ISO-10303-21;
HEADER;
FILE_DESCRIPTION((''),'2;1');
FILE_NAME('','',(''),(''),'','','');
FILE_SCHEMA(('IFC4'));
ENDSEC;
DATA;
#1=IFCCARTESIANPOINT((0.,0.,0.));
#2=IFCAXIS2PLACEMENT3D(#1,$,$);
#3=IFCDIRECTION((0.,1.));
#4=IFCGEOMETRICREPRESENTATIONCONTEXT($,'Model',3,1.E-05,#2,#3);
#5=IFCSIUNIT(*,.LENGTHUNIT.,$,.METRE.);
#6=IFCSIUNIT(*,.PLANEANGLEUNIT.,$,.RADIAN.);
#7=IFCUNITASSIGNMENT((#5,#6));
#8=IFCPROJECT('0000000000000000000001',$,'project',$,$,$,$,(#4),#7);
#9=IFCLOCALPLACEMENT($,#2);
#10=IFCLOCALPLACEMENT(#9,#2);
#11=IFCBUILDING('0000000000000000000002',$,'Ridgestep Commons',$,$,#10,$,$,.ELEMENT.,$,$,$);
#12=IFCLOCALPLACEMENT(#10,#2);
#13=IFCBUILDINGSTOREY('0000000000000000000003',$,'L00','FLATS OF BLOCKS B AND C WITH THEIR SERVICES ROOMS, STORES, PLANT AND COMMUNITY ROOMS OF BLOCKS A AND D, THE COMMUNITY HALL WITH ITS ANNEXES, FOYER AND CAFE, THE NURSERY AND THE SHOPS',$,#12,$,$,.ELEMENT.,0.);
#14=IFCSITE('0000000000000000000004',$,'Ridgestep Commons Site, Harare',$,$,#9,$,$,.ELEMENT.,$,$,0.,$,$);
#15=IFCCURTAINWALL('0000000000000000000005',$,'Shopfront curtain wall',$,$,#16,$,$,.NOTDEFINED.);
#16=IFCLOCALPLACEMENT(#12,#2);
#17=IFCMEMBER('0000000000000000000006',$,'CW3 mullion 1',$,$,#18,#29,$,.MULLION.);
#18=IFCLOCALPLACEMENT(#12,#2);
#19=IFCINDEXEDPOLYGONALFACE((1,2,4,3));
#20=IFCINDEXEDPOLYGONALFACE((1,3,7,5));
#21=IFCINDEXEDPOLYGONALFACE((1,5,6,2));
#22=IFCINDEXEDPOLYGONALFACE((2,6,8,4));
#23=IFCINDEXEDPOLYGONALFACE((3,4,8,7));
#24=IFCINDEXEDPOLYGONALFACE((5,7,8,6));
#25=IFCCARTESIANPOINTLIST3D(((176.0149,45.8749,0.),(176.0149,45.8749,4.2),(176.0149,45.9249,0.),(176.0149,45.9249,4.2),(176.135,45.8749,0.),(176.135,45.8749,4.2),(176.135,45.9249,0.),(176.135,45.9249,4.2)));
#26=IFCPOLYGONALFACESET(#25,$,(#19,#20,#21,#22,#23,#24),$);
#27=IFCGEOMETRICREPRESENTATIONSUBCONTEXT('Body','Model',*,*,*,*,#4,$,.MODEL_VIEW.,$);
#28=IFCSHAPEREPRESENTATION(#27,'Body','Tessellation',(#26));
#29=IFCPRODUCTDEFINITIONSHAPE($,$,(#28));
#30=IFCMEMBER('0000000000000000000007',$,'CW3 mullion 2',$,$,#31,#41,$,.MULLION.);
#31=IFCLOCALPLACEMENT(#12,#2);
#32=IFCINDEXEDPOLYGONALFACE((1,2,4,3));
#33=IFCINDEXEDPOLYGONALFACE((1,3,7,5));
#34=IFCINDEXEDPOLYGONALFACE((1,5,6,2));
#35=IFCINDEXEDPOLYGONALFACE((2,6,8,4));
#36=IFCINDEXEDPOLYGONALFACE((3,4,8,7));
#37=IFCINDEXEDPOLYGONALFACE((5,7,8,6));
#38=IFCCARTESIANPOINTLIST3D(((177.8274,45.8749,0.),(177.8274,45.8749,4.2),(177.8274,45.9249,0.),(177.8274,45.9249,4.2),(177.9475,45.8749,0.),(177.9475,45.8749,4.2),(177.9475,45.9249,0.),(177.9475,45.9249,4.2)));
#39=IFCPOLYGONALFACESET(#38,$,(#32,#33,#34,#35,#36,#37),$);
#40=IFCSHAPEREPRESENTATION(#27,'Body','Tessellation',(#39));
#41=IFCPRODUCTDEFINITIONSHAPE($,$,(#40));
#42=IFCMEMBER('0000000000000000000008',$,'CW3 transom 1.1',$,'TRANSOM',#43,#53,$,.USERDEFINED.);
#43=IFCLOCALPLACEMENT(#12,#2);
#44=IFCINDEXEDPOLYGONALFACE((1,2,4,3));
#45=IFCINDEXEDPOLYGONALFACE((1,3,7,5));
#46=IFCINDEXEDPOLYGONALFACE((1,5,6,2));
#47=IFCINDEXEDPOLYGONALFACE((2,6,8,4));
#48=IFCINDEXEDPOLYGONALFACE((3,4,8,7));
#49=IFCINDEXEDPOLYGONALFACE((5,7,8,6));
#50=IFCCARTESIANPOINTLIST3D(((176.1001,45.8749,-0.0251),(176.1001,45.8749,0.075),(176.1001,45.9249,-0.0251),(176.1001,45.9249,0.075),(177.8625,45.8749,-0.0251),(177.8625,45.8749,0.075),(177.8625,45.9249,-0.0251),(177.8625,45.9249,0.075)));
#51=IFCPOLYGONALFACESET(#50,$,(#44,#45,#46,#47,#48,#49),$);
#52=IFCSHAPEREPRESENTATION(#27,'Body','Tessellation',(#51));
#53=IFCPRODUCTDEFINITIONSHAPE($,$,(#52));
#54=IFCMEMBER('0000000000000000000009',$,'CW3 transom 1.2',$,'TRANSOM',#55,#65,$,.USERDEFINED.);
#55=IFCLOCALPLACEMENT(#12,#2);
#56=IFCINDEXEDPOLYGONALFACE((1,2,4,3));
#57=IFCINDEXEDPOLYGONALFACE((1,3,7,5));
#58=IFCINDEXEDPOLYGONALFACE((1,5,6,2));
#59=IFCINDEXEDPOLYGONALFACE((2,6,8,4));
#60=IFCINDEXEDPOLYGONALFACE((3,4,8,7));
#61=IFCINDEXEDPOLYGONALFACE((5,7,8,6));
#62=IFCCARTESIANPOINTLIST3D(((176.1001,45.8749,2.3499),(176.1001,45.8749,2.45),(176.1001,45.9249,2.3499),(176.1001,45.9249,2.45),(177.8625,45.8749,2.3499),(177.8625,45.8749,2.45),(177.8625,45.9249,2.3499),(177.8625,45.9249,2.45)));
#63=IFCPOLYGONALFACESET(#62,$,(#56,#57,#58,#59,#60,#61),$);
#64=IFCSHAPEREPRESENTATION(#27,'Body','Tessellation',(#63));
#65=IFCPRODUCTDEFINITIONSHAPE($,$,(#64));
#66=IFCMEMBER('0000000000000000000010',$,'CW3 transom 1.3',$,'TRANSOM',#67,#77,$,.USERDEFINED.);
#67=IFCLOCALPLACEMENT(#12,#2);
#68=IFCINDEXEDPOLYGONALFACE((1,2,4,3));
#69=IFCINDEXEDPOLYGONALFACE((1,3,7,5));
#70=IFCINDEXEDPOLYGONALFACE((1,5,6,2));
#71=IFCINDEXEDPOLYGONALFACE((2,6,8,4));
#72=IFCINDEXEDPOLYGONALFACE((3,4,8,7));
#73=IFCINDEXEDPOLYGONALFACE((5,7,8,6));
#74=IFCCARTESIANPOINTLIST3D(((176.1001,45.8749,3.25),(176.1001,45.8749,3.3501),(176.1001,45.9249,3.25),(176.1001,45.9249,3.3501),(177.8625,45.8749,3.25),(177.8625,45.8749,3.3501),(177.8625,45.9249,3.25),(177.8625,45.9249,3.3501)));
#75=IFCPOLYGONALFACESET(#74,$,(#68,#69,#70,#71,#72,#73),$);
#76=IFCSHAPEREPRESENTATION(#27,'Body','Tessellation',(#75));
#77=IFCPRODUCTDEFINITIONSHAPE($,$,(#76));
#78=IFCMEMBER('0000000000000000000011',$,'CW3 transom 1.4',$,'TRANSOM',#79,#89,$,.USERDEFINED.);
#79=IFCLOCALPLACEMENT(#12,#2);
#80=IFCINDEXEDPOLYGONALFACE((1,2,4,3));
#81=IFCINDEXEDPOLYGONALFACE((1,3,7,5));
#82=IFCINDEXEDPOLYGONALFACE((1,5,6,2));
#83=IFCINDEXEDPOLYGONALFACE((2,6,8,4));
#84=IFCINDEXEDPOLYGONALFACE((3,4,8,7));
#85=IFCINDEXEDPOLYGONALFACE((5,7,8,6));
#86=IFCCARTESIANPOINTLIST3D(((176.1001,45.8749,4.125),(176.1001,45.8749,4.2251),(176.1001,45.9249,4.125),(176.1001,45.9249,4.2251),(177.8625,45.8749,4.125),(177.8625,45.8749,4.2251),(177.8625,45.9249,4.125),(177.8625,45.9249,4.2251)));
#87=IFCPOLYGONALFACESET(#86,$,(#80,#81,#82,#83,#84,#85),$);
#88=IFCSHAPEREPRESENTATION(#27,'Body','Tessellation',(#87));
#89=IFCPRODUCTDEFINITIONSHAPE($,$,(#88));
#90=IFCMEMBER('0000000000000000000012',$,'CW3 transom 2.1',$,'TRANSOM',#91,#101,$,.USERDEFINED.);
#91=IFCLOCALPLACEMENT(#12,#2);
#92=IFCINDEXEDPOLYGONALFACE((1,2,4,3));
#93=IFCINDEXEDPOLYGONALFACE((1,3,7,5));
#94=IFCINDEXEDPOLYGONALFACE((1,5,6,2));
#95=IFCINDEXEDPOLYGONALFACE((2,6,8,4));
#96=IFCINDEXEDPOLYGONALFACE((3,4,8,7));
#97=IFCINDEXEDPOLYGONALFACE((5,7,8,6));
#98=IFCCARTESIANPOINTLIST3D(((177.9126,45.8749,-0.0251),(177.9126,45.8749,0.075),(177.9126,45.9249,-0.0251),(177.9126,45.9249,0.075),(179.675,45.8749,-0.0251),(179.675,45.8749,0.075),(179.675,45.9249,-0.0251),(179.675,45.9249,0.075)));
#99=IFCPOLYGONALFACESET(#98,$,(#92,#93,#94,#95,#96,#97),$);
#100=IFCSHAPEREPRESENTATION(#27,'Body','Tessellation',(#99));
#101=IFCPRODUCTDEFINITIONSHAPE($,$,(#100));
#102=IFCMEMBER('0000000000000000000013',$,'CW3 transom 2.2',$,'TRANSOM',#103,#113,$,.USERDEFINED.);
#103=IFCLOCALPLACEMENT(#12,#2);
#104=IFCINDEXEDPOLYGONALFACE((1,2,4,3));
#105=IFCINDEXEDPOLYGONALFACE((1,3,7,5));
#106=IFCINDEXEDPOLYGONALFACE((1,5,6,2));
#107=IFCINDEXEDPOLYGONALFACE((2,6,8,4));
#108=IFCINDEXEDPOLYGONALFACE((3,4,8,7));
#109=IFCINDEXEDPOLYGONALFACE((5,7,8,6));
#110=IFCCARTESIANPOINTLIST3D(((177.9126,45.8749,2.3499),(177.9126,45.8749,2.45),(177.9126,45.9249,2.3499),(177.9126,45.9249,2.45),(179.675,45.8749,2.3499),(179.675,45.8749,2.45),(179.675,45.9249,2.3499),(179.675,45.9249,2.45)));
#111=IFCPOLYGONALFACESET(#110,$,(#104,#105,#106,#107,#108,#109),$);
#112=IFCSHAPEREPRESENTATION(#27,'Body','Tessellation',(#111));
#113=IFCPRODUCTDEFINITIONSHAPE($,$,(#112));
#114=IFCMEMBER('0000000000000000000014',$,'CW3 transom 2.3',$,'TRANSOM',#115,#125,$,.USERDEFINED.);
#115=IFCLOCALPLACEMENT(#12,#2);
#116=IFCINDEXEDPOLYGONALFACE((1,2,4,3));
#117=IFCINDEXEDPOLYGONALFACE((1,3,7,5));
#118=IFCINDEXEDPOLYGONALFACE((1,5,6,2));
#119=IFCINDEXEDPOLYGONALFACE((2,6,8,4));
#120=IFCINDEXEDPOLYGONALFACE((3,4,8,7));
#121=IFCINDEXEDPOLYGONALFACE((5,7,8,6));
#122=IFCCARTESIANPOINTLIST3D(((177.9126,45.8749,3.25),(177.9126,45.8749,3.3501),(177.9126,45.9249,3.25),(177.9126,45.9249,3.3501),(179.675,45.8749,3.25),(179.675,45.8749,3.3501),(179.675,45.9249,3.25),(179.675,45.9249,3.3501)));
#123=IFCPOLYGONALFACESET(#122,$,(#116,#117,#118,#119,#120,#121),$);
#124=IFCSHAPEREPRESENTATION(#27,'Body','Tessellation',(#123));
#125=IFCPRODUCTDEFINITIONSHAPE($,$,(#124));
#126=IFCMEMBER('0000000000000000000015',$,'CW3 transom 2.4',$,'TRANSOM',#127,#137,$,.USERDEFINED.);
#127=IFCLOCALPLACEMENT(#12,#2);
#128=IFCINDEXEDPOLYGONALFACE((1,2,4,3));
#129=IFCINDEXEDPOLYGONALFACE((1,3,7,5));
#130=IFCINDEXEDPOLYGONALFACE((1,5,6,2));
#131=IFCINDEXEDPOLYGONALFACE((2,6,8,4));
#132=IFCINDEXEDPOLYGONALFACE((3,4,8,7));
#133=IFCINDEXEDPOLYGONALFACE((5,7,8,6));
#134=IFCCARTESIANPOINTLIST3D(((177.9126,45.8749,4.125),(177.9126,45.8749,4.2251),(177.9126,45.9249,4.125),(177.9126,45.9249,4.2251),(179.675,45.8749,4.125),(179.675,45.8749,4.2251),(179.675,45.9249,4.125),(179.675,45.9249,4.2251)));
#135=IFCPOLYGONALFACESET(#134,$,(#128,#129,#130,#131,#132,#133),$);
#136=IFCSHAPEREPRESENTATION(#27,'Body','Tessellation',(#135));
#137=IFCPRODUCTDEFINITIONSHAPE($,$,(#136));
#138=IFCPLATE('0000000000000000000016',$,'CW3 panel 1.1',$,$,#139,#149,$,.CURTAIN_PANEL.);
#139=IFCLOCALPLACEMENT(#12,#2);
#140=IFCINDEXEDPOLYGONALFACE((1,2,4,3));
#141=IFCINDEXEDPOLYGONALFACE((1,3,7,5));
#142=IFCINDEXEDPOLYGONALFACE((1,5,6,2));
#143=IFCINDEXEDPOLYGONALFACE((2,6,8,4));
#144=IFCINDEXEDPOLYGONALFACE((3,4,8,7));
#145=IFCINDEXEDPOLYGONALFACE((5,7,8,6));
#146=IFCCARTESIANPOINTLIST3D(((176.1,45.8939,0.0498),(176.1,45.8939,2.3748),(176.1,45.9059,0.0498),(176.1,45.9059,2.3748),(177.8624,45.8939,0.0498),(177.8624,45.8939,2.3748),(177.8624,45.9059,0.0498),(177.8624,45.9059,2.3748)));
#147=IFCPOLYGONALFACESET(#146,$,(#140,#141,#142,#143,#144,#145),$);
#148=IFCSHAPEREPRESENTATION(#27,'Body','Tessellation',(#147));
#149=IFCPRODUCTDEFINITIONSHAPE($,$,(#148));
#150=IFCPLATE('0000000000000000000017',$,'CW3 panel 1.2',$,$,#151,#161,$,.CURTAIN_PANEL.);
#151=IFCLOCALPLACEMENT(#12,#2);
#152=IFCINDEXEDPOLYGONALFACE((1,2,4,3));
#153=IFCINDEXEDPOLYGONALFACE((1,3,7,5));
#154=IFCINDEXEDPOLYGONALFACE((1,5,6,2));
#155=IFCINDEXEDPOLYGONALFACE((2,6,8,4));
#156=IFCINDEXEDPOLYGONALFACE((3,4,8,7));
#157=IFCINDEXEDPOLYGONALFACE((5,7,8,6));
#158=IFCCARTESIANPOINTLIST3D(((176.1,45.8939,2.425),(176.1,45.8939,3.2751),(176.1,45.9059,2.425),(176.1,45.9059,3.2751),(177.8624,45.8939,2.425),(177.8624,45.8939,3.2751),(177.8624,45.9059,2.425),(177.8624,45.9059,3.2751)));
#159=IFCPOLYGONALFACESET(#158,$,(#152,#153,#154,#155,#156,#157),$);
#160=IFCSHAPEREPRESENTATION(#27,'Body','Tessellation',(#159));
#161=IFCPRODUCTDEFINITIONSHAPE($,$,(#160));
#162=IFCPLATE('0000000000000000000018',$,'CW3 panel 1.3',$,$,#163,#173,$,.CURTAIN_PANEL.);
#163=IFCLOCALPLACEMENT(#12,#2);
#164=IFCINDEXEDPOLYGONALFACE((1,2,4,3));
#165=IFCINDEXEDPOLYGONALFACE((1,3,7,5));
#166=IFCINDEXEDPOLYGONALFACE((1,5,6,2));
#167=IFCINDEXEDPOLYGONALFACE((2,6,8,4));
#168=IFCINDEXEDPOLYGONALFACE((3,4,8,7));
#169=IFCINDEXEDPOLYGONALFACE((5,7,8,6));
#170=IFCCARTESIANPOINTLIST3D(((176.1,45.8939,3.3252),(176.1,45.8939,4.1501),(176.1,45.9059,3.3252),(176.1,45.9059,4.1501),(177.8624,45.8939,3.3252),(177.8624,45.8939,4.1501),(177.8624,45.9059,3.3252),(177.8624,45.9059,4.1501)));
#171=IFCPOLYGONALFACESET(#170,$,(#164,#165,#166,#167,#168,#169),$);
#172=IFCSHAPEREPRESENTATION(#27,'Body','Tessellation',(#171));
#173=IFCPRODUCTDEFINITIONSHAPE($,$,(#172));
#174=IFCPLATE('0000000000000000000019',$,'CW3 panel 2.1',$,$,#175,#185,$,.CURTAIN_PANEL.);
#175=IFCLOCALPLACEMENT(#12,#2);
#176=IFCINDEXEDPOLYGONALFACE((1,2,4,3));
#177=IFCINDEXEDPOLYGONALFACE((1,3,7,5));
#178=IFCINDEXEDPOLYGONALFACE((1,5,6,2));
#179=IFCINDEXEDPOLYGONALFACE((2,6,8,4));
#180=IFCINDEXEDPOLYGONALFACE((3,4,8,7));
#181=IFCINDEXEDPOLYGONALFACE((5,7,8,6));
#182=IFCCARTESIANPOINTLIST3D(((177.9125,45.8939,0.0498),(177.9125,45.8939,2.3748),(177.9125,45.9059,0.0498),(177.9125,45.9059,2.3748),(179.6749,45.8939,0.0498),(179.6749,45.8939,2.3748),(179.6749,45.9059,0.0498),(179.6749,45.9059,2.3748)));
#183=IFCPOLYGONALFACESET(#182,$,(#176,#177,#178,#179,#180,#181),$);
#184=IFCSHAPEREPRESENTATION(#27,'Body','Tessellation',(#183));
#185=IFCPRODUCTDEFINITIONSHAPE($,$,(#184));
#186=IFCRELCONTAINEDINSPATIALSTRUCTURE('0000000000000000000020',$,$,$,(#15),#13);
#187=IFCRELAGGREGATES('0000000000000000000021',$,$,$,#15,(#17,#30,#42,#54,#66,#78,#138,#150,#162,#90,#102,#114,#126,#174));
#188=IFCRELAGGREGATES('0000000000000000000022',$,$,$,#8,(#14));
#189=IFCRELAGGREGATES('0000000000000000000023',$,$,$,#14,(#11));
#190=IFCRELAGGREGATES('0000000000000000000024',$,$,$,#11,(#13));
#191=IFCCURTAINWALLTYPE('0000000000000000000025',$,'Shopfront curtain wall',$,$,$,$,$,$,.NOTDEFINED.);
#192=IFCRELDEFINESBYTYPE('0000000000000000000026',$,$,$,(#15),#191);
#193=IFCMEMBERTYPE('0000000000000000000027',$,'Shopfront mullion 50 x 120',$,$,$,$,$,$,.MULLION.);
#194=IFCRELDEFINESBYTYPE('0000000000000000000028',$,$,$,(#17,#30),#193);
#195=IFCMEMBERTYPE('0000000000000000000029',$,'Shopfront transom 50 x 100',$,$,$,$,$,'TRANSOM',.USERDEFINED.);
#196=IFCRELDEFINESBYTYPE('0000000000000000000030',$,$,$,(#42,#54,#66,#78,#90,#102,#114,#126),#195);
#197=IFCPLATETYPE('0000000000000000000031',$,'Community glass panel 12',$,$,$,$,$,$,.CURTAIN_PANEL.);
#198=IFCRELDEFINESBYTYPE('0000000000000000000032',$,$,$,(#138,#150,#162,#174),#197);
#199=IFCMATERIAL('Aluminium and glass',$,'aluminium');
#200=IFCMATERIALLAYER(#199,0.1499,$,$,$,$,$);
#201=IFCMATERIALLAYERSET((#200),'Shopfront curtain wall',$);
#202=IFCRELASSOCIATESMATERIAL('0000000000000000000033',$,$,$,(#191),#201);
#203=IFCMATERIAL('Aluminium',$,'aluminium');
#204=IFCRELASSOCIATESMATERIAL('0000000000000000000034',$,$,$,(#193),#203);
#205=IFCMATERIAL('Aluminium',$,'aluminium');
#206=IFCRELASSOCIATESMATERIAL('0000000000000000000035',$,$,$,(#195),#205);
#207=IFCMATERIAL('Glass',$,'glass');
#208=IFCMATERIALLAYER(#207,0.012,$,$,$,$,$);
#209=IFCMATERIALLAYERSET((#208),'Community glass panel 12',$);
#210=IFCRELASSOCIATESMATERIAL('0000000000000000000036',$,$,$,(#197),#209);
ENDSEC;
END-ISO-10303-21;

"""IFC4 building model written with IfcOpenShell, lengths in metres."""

from ifc_helpers import new_model, si_unit, direction, frame, origin, origin_2d, place, context, subcontext, project, spatial, rectangle, extrude, material, layer, layer_set, material_profile, profile_set, type_object, element, aggregate, save


model = new_model("IFC4")

# Units and contexts
model_context = context("Model", 3, precision=1e-05, world=origin(), true_north=direction((0.0, 1.0)))
body_context = subcontext(model_context, "Body", "Model", "MODEL_VIEW")
ifc_project = project(units=[si_unit("LENGTHUNIT", "METRE"), si_unit("PLANEANGLEUNIT", "RADIAN")], contexts=[model_context])

# Site, building, storey
site_placement = place(None, origin())
site = spatial("IfcSite", under=ifc_project, at=site_placement, Name="Ridgestep Commons Site, Harare", CompositionType="ELEMENT", RefElevation=0.0)
building_placement = place(site_placement, origin())
building = spatial("IfcBuilding", under=site, at=building_placement, Name="Ridgestep Commons", CompositionType="ELEMENT")
storey_placement = place(building_placement, origin())
storey = spatial("IfcBuildingStorey", under=building, at=storey_placement, Name="L00", Description="FLATS OF BLOCKS B AND C WITH THEIR SERVICES ROOMS, STORES, PLANT AND COMMUNITY ROOMS OF BLOCKS A AND D, THE COMMUNITY HALL WITH ITS ANNEXES, FOYER AND CAFE, THE NURSERY AND THE SHOPS", CompositionType="ELEMENT", Elevation=0.0)

# Curtain wall, members, plates
ifc_material_1 = material(Name="Aluminium and glass", Category="aluminium")
ifc_layer_1 = layer(ifc_material_1, 0.1499)
ifc_layer_set_1 = layer_set([ifc_layer_1], Name="Shopfront curtain wall")
curtain_wall_type = type_object("IfcCurtainWallType", Name="Shopfront curtain wall", PredefinedType="NOTDEFINED", material=ifc_layer_set_1)
curtain_wall_placement = place(storey_placement, origin())
curtain_wall = element("IfcCurtainWall", 1, at=curtain_wall_placement, inside=storey, type_object=curtain_wall_type, Name="Shopfront curtain wall", PredefinedType="NOTDEFINED")
ifc_material_2 = material(Name="Aluminium", Category="aluminium")
ifc_material_profile_1 = material_profile(ifc_material_2, rectangle(XDim=0.05, YDim=0.1201, at=origin_2d()), Name="Shopfront mullion 50 x 120")
ifc_profile_set_1 = profile_set([ifc_material_profile_1], Name="Aluminium")
member_type_1 = type_object("IfcMemberType", Name="Shopfront mullion 50 x 120", PredefinedType="MULLION", material=ifc_profile_set_1)
member_1_placement = place(storey_placement, frame((176.075, 45.8999, 0.0), z_axis=(0.0, 0.0, 1.0), x_axis=(0.0, 1.0, 0.0)))
member_1 = element("IfcMember", 2, at=member_1_placement, type_object=member_type_1, Name="CW3 mullion 1", PredefinedType="MULLION", context=body_context, shape_type="SweptSolid", body=[
    extrude(rectangle(XDim=0.05, YDim=0.1201, at=origin_2d()), origin(), (0.0, 0.0, 1.0), 4.2),
])
member_2_placement = place(storey_placement, frame((177.8875, 45.8999, 0.0), z_axis=(0.0, 0.0, 1.0), x_axis=(0.0, 1.0, 0.0)))
member_2 = element("IfcMember", 3, at=member_2_placement, type_object=member_type_1, Name="CW3 mullion 2", PredefinedType="MULLION", context=body_context, shape_type="SweptSolid", body=[
    extrude(rectangle(XDim=0.05, YDim=0.1201, at=origin_2d()), origin(), (0.0, 0.0, 1.0), 4.2),
])
ifc_material_3 = material(Name="Aluminium", Category="aluminium")
ifc_material_profile_2 = material_profile(ifc_material_3, rectangle(XDim=0.05, YDim=0.1001, at=origin_2d()), Name="Shopfront transom 50 x 100")
ifc_profile_set_2 = profile_set([ifc_material_profile_2], Name="Aluminium")
member_type_2 = type_object("IfcMemberType", Name="Shopfront transom 50 x 100", ElementType="TRANSOM", PredefinedType="USERDEFINED", material=ifc_profile_set_2)
member_3_placement = place(storey_placement, frame((176.1001, 45.8999, 0.0249), z_axis=(1.0, 0.0, 0.0), x_axis=(0.0, 1.0, 0.0)))
member_3 = element("IfcMember", 4, at=member_3_placement, type_object=member_type_2, Name="CW3 transom 1.1", ObjectType="TRANSOM", PredefinedType="USERDEFINED", context=body_context, shape_type="SweptSolid", body=[
    extrude(rectangle(XDim=0.05, YDim=0.1001, at=origin_2d()), origin(), (0.0, 0.0, 1.0), 1.7625),
])
member_4_placement = place(storey_placement, frame((176.1001, 45.8999, 2.3999), z_axis=(1.0, 0.0, 0.0), x_axis=(0.0, 1.0, 0.0)))
member_4 = element("IfcMember", 5, at=member_4_placement, type_object=member_type_2, Name="CW3 transom 1.2", ObjectType="TRANSOM", PredefinedType="USERDEFINED", context=body_context, shape_type="SweptSolid", body=[
    extrude(rectangle(XDim=0.05, YDim=0.1001, at=origin_2d()), origin(), (0.0, 0.0, 1.0), 1.7625),
])
member_5_placement = place(storey_placement, frame((176.1001, 45.8999, 3.3), z_axis=(1.0, 0.0, 0.0), x_axis=(0.0, 1.0, 0.0)))
member_5 = element("IfcMember", 6, at=member_5_placement, type_object=member_type_2, Name="CW3 transom 1.3", ObjectType="TRANSOM", PredefinedType="USERDEFINED", context=body_context, shape_type="SweptSolid", body=[
    extrude(rectangle(XDim=0.05, YDim=0.1001, at=origin_2d()), origin(), (0.0, 0.0, 1.0), 1.7625),
])
member_6_placement = place(storey_placement, frame((176.1001, 45.8999, 4.175), z_axis=(1.0, 0.0, 0.0), x_axis=(0.0, 1.0, 0.0)))
member_6 = element("IfcMember", 7, at=member_6_placement, type_object=member_type_2, Name="CW3 transom 1.4", ObjectType="TRANSOM", PredefinedType="USERDEFINED", context=body_context, shape_type="SweptSolid", body=[
    extrude(rectangle(XDim=0.05, YDim=0.1001, at=origin_2d()), origin(), (0.0, 0.0, 1.0), 1.7625),
])
member_7_placement = place(storey_placement, frame((177.9126, 45.8999, 0.0249), z_axis=(1.0, 0.0, 0.0), x_axis=(0.0, 1.0, 0.0)))
member_7 = element("IfcMember", 8, at=member_7_placement, type_object=member_type_2, Name="CW3 transom 2.1", ObjectType="TRANSOM", PredefinedType="USERDEFINED", context=body_context, shape_type="SweptSolid", body=[
    extrude(rectangle(XDim=0.05, YDim=0.1001, at=origin_2d()), origin(), (0.0, 0.0, 1.0), 1.7625),
])
member_8_placement = place(storey_placement, frame((177.9126, 45.8999, 2.3999), z_axis=(1.0, 0.0, 0.0), x_axis=(0.0, 1.0, 0.0)))
member_8 = element("IfcMember", 9, at=member_8_placement, type_object=member_type_2, Name="CW3 transom 2.2", ObjectType="TRANSOM", PredefinedType="USERDEFINED", context=body_context, shape_type="SweptSolid", body=[
    extrude(rectangle(XDim=0.05, YDim=0.1001, at=origin_2d()), origin(), (0.0, 0.0, 1.0), 1.7625),
])
member_9_placement = place(storey_placement, frame((177.9126, 45.8999, 3.3), z_axis=(1.0, 0.0, 0.0), x_axis=(0.0, 1.0, 0.0)))
member_9 = element("IfcMember", 10, at=member_9_placement, type_object=member_type_2, Name="CW3 transom 2.3", ObjectType="TRANSOM", PredefinedType="USERDEFINED", context=body_context, shape_type="SweptSolid", body=[
    extrude(rectangle(XDim=0.05, YDim=0.1001, at=origin_2d()), origin(), (0.0, 0.0, 1.0), 1.7625),
])
member_10_placement = place(storey_placement, frame((177.9126, 45.8999, 4.175), z_axis=(1.0, 0.0, 0.0), x_axis=(0.0, 1.0, 0.0)))
member_10 = element("IfcMember", 11, at=member_10_placement, type_object=member_type_2, Name="CW3 transom 2.4", ObjectType="TRANSOM", PredefinedType="USERDEFINED", context=body_context, shape_type="SweptSolid", body=[
    extrude(rectangle(XDim=0.05, YDim=0.1001, at=origin_2d()), origin(), (0.0, 0.0, 1.0), 1.7625),
])
ifc_material_4 = material(Name="Glass", Category="glass")
ifc_layer_2 = layer(ifc_material_4, 0.012)
ifc_layer_set_2 = layer_set([ifc_layer_2], Name="Community glass panel 12")
plate_type = type_object("IfcPlateType", Name="Community glass panel 12", PredefinedType="CURTAIN_PANEL", material=ifc_layer_set_2)
plate_1_placement = place(storey_placement, frame((176.9812, 45.8999, 0.0498), z_axis=(0.0, 0.0, 1.0), x_axis=(1.0, 0.0, 0.0)))
plate_1 = element("IfcPlate", 12, at=plate_1_placement, type_object=plate_type, Name="CW3 panel 1.1", PredefinedType="CURTAIN_PANEL", context=body_context, shape_type="SweptSolid", body=[
    extrude(rectangle(XDim=1.7625, YDim=0.012, at=origin_2d()), origin(), (0.0, 0.0, 1.0), 2.325),
])
plate_2_placement = place(storey_placement, frame((176.9812, 45.8999, 2.425), z_axis=(0.0, 0.0, 1.0), x_axis=(1.0, 0.0, 0.0)))
plate_2 = element("IfcPlate", 13, at=plate_2_placement, type_object=plate_type, Name="CW3 panel 1.2", PredefinedType="CURTAIN_PANEL", context=body_context, shape_type="SweptSolid", body=[
    extrude(rectangle(XDim=1.7625, YDim=0.012, at=origin_2d()), origin(), (0.0, 0.0, 1.0), 0.8501),
])
plate_3_placement = place(storey_placement, frame((176.9812, 45.8999, 3.3252), z_axis=(0.0, 0.0, 1.0), x_axis=(1.0, 0.0, 0.0)))
plate_3 = element("IfcPlate", 14, at=plate_3_placement, type_object=plate_type, Name="CW3 panel 1.3", PredefinedType="CURTAIN_PANEL", context=body_context, shape_type="SweptSolid", body=[
    extrude(rectangle(XDim=1.7625, YDim=0.012, at=origin_2d()), origin(), (0.0, 0.0, 1.0), 0.825),
])
plate_4_placement = place(storey_placement, frame((178.7937, 45.8999, 0.0498), z_axis=(0.0, 0.0, 1.0), x_axis=(1.0, 0.0, 0.0)))
plate_4 = element("IfcPlate", 15, at=plate_4_placement, type_object=plate_type, Name="CW3 panel 2.1", PredefinedType="CURTAIN_PANEL", context=body_context, shape_type="SweptSolid", body=[
    extrude(rectangle(XDim=1.7625, YDim=0.012, at=origin_2d()), origin(), (0.0, 0.0, 1.0), 2.325),
])
aggregate(curtain_wall, [member_1, member_2, member_3, member_4, member_5, member_6, plate_1, plate_2, plate_3, member_7, member_8, member_9, member_10, plate_4])

save(model, "model.ifc")
